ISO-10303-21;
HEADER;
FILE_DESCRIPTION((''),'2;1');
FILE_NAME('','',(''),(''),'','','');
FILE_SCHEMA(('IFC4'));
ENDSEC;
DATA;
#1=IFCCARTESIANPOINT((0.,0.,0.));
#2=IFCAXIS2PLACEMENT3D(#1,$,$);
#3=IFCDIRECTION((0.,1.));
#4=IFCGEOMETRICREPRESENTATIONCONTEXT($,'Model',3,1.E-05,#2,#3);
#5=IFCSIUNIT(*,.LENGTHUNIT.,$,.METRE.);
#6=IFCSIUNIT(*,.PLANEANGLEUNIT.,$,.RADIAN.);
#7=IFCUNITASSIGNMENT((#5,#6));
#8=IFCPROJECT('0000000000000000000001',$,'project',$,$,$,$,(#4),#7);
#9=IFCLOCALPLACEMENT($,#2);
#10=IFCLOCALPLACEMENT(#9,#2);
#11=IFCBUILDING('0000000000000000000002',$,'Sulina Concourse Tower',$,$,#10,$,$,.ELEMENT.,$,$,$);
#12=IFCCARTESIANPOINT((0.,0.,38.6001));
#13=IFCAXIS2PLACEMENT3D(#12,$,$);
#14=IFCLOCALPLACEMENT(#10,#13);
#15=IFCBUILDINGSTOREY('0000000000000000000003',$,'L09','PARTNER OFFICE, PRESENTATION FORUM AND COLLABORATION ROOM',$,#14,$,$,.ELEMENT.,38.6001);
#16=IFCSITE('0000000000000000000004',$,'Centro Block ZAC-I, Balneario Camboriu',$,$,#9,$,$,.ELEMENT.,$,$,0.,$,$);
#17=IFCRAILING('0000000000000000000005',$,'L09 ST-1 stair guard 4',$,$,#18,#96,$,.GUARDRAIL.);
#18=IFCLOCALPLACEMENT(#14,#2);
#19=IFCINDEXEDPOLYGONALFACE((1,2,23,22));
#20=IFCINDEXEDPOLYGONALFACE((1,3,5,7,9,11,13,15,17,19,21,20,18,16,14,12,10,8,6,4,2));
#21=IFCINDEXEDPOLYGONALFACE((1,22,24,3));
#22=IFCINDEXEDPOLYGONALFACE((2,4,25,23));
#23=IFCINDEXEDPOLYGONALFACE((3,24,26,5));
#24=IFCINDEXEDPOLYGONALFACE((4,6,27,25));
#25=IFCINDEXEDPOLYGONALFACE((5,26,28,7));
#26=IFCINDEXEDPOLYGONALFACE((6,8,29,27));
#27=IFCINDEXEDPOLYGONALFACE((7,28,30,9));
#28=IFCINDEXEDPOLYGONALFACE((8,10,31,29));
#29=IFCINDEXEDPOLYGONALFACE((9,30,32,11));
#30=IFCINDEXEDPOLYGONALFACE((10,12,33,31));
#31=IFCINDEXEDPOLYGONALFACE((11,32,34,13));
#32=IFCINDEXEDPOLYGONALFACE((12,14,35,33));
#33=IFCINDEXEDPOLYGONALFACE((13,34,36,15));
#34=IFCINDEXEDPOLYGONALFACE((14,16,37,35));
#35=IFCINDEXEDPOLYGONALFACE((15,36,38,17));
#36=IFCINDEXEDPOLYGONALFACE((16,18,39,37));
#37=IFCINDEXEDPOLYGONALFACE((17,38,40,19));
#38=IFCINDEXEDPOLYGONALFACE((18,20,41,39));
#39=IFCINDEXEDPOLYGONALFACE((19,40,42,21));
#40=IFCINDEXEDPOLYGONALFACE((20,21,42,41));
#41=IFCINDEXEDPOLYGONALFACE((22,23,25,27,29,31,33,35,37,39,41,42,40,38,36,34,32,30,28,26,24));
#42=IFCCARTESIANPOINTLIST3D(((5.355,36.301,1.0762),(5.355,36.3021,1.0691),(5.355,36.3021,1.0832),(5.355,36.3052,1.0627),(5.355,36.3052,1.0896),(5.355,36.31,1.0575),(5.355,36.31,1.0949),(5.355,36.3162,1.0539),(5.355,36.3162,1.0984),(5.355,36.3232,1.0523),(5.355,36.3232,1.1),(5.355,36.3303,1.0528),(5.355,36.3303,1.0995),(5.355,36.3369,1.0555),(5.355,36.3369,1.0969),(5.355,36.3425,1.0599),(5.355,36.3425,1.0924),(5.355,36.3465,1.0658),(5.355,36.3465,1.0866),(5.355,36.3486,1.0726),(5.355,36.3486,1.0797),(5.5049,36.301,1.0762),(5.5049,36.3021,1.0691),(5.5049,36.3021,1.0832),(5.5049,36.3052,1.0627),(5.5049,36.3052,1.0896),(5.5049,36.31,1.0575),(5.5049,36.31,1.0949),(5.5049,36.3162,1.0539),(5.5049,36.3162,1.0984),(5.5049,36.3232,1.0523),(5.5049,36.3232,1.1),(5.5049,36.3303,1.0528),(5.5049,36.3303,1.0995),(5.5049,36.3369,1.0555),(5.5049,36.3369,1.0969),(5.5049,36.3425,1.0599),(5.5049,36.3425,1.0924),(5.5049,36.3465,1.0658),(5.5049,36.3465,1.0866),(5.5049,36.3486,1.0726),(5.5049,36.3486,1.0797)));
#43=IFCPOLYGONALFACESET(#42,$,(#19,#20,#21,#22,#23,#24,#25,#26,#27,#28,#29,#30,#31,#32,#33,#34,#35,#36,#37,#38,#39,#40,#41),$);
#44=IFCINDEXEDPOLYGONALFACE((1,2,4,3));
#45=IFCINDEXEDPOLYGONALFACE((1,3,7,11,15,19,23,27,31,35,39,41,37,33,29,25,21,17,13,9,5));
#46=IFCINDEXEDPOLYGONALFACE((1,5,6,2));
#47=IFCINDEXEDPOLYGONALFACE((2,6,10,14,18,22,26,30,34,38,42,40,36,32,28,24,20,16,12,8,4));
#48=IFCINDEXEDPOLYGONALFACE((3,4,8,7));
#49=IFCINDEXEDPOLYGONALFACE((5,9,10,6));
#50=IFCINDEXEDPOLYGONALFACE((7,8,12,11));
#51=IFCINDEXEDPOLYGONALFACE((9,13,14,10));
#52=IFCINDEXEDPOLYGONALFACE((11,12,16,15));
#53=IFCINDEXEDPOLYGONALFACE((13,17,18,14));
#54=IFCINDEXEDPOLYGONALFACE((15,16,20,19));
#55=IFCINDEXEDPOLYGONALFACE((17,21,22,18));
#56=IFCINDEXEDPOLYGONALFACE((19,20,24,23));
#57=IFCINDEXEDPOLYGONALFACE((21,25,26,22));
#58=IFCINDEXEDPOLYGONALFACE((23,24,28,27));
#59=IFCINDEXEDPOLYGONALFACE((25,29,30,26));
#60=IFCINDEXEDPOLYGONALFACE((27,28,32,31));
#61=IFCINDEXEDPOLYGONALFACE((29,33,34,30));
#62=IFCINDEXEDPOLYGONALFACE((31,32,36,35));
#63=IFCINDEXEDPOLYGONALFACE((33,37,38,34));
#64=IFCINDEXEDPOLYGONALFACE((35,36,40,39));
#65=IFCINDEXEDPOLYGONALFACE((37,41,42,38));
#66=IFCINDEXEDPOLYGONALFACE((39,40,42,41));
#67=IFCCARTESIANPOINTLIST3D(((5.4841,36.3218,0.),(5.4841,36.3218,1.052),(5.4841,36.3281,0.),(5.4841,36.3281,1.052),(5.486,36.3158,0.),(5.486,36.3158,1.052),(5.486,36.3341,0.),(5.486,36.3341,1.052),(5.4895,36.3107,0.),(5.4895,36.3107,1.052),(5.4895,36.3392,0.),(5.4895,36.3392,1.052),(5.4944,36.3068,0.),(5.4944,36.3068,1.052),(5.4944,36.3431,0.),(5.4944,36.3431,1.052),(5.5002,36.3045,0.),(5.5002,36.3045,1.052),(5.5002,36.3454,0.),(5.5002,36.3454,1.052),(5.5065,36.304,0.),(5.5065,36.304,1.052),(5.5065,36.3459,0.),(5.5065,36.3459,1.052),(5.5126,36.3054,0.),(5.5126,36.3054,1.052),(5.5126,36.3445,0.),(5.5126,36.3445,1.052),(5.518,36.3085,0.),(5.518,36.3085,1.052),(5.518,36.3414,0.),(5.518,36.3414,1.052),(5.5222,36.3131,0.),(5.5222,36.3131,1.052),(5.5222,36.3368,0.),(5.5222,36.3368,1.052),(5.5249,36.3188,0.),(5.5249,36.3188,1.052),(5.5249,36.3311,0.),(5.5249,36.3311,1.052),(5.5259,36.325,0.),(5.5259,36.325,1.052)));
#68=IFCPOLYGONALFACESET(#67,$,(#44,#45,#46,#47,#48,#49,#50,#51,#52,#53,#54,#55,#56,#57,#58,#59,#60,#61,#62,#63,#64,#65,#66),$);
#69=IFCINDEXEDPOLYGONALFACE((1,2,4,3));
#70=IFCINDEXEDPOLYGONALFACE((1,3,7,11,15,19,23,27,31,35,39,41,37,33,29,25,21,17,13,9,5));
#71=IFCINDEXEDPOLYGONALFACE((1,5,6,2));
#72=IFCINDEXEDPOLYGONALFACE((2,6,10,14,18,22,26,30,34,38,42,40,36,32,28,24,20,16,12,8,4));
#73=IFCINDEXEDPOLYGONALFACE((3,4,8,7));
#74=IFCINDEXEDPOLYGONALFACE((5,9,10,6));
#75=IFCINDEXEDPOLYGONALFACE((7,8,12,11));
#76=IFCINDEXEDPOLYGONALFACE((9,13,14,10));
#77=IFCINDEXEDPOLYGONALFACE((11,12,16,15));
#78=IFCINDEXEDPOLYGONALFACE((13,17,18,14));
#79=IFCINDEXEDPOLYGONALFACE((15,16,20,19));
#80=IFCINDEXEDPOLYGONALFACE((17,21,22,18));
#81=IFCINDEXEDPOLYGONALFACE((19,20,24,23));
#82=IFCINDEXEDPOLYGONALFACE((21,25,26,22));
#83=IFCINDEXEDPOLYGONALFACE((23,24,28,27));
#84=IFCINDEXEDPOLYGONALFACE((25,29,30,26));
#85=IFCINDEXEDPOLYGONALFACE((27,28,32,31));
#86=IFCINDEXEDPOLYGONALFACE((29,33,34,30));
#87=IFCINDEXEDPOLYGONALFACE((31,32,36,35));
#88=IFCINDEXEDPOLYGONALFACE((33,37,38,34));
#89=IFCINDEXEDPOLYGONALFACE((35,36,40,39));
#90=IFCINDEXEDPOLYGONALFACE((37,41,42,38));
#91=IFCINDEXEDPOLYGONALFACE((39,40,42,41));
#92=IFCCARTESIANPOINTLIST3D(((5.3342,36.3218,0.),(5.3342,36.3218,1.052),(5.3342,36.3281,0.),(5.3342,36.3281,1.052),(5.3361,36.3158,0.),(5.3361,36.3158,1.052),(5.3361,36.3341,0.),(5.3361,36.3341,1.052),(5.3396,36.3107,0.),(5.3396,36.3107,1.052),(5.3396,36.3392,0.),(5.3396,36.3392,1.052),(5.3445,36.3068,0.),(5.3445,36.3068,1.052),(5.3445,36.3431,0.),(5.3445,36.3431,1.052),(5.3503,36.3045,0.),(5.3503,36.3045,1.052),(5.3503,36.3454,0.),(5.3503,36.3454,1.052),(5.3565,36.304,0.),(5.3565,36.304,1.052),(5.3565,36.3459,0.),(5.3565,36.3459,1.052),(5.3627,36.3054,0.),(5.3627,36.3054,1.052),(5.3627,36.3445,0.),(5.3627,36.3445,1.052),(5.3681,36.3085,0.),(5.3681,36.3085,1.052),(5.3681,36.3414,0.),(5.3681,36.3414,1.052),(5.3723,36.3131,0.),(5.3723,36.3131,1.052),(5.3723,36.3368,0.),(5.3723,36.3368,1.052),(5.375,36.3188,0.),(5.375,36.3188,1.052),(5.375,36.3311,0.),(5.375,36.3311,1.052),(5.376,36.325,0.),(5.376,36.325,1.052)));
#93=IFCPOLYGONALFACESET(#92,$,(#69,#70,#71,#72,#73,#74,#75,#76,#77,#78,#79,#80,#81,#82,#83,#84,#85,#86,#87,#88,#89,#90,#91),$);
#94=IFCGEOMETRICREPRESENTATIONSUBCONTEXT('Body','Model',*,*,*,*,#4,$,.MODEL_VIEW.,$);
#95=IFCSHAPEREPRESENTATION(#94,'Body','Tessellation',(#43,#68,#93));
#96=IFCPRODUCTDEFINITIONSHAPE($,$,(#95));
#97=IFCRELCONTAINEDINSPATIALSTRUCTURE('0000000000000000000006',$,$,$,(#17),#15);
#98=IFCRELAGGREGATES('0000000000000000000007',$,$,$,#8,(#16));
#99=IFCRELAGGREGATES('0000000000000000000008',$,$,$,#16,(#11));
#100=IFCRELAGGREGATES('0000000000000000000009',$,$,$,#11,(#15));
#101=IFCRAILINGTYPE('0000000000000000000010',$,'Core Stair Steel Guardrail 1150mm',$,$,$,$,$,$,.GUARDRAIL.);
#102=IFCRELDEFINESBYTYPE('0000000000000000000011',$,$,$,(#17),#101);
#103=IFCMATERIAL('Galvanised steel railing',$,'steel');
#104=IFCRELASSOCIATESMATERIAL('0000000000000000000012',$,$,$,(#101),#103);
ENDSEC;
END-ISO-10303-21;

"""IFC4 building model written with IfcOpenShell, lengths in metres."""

from ifc_helpers import new_model, si_unit, direction, frame, origin, origin_2d, place, context, subcontext, project, spatial, circle, extrude, material, type_object, element, save


model = new_model("IFC4")

# Units and contexts
model_context = context("Model", 3, precision=1e-05, world=origin(), true_north=direction((0.0, 1.0)))
body_context = subcontext(model_context, "Body", "Model", "MODEL_VIEW")
ifc_project = project(units=[si_unit("LENGTHUNIT", "METRE"), si_unit("PLANEANGLEUNIT", "RADIAN")], contexts=[model_context])

# Site, building, storey
site_placement = place(None, origin())
site = spatial("IfcSite", under=ifc_project, at=site_placement, Name="Centro Block ZAC-I, Balneario Camboriu", CompositionType="ELEMENT", RefElevation=0.0)
building_placement = place(site_placement, origin())
building = spatial("IfcBuilding", under=site, at=building_placement, Name="Sulina Concourse Tower", CompositionType="ELEMENT")
storey_placement = place(building_placement, frame((0.0, 0.0, 38.6001)))
storey = spatial("IfcBuildingStorey", under=building, at=storey_placement, Name="L09", Description="PARTNER OFFICE, PRESENTATION FORUM AND COLLABORATION ROOM", CompositionType="ELEMENT", Elevation=38.6001)

# Railing
ifc_material_1 = material(Name="Galvanised steel railing", Category="steel")
railing_type_1 = type_object("IfcRailingType", Name="Core Stair Steel Guardrail 1150mm", PredefinedType="GUARDRAIL", material=ifc_material_1)
railing_1_placement = place(storey_placement, frame((5.5049, 36.325, 0.0)))
element("IfcRailing", 1, at=railing_1_placement, inside=storey, type_object=railing_type_1, Name="L09 ST-1 stair guard 4", PredefinedType="GUARDRAIL", context=body_context, shape_type="SweptSolid", body=[
    extrude(circle(Radius=0.0239, at=origin_2d()), frame((0.0, 0.0, 1.0762), z_axis=(-1.0, 0.0, 0.0), x_axis=(0.0, -1.0, 0.0)), (0.0, 0.0, 1.0), 0.1499),
    extrude(circle(Radius=0.021, at=origin_2d()), origin(), (0.0, 0.0, 1.0), 1.052),
    extrude(circle(Radius=0.021, at=origin_2d()), frame((-0.1499, 0.0, 0.0)), (0.0, 0.0, 1.0), 1.052),
])

save(model, "model.ifc")
